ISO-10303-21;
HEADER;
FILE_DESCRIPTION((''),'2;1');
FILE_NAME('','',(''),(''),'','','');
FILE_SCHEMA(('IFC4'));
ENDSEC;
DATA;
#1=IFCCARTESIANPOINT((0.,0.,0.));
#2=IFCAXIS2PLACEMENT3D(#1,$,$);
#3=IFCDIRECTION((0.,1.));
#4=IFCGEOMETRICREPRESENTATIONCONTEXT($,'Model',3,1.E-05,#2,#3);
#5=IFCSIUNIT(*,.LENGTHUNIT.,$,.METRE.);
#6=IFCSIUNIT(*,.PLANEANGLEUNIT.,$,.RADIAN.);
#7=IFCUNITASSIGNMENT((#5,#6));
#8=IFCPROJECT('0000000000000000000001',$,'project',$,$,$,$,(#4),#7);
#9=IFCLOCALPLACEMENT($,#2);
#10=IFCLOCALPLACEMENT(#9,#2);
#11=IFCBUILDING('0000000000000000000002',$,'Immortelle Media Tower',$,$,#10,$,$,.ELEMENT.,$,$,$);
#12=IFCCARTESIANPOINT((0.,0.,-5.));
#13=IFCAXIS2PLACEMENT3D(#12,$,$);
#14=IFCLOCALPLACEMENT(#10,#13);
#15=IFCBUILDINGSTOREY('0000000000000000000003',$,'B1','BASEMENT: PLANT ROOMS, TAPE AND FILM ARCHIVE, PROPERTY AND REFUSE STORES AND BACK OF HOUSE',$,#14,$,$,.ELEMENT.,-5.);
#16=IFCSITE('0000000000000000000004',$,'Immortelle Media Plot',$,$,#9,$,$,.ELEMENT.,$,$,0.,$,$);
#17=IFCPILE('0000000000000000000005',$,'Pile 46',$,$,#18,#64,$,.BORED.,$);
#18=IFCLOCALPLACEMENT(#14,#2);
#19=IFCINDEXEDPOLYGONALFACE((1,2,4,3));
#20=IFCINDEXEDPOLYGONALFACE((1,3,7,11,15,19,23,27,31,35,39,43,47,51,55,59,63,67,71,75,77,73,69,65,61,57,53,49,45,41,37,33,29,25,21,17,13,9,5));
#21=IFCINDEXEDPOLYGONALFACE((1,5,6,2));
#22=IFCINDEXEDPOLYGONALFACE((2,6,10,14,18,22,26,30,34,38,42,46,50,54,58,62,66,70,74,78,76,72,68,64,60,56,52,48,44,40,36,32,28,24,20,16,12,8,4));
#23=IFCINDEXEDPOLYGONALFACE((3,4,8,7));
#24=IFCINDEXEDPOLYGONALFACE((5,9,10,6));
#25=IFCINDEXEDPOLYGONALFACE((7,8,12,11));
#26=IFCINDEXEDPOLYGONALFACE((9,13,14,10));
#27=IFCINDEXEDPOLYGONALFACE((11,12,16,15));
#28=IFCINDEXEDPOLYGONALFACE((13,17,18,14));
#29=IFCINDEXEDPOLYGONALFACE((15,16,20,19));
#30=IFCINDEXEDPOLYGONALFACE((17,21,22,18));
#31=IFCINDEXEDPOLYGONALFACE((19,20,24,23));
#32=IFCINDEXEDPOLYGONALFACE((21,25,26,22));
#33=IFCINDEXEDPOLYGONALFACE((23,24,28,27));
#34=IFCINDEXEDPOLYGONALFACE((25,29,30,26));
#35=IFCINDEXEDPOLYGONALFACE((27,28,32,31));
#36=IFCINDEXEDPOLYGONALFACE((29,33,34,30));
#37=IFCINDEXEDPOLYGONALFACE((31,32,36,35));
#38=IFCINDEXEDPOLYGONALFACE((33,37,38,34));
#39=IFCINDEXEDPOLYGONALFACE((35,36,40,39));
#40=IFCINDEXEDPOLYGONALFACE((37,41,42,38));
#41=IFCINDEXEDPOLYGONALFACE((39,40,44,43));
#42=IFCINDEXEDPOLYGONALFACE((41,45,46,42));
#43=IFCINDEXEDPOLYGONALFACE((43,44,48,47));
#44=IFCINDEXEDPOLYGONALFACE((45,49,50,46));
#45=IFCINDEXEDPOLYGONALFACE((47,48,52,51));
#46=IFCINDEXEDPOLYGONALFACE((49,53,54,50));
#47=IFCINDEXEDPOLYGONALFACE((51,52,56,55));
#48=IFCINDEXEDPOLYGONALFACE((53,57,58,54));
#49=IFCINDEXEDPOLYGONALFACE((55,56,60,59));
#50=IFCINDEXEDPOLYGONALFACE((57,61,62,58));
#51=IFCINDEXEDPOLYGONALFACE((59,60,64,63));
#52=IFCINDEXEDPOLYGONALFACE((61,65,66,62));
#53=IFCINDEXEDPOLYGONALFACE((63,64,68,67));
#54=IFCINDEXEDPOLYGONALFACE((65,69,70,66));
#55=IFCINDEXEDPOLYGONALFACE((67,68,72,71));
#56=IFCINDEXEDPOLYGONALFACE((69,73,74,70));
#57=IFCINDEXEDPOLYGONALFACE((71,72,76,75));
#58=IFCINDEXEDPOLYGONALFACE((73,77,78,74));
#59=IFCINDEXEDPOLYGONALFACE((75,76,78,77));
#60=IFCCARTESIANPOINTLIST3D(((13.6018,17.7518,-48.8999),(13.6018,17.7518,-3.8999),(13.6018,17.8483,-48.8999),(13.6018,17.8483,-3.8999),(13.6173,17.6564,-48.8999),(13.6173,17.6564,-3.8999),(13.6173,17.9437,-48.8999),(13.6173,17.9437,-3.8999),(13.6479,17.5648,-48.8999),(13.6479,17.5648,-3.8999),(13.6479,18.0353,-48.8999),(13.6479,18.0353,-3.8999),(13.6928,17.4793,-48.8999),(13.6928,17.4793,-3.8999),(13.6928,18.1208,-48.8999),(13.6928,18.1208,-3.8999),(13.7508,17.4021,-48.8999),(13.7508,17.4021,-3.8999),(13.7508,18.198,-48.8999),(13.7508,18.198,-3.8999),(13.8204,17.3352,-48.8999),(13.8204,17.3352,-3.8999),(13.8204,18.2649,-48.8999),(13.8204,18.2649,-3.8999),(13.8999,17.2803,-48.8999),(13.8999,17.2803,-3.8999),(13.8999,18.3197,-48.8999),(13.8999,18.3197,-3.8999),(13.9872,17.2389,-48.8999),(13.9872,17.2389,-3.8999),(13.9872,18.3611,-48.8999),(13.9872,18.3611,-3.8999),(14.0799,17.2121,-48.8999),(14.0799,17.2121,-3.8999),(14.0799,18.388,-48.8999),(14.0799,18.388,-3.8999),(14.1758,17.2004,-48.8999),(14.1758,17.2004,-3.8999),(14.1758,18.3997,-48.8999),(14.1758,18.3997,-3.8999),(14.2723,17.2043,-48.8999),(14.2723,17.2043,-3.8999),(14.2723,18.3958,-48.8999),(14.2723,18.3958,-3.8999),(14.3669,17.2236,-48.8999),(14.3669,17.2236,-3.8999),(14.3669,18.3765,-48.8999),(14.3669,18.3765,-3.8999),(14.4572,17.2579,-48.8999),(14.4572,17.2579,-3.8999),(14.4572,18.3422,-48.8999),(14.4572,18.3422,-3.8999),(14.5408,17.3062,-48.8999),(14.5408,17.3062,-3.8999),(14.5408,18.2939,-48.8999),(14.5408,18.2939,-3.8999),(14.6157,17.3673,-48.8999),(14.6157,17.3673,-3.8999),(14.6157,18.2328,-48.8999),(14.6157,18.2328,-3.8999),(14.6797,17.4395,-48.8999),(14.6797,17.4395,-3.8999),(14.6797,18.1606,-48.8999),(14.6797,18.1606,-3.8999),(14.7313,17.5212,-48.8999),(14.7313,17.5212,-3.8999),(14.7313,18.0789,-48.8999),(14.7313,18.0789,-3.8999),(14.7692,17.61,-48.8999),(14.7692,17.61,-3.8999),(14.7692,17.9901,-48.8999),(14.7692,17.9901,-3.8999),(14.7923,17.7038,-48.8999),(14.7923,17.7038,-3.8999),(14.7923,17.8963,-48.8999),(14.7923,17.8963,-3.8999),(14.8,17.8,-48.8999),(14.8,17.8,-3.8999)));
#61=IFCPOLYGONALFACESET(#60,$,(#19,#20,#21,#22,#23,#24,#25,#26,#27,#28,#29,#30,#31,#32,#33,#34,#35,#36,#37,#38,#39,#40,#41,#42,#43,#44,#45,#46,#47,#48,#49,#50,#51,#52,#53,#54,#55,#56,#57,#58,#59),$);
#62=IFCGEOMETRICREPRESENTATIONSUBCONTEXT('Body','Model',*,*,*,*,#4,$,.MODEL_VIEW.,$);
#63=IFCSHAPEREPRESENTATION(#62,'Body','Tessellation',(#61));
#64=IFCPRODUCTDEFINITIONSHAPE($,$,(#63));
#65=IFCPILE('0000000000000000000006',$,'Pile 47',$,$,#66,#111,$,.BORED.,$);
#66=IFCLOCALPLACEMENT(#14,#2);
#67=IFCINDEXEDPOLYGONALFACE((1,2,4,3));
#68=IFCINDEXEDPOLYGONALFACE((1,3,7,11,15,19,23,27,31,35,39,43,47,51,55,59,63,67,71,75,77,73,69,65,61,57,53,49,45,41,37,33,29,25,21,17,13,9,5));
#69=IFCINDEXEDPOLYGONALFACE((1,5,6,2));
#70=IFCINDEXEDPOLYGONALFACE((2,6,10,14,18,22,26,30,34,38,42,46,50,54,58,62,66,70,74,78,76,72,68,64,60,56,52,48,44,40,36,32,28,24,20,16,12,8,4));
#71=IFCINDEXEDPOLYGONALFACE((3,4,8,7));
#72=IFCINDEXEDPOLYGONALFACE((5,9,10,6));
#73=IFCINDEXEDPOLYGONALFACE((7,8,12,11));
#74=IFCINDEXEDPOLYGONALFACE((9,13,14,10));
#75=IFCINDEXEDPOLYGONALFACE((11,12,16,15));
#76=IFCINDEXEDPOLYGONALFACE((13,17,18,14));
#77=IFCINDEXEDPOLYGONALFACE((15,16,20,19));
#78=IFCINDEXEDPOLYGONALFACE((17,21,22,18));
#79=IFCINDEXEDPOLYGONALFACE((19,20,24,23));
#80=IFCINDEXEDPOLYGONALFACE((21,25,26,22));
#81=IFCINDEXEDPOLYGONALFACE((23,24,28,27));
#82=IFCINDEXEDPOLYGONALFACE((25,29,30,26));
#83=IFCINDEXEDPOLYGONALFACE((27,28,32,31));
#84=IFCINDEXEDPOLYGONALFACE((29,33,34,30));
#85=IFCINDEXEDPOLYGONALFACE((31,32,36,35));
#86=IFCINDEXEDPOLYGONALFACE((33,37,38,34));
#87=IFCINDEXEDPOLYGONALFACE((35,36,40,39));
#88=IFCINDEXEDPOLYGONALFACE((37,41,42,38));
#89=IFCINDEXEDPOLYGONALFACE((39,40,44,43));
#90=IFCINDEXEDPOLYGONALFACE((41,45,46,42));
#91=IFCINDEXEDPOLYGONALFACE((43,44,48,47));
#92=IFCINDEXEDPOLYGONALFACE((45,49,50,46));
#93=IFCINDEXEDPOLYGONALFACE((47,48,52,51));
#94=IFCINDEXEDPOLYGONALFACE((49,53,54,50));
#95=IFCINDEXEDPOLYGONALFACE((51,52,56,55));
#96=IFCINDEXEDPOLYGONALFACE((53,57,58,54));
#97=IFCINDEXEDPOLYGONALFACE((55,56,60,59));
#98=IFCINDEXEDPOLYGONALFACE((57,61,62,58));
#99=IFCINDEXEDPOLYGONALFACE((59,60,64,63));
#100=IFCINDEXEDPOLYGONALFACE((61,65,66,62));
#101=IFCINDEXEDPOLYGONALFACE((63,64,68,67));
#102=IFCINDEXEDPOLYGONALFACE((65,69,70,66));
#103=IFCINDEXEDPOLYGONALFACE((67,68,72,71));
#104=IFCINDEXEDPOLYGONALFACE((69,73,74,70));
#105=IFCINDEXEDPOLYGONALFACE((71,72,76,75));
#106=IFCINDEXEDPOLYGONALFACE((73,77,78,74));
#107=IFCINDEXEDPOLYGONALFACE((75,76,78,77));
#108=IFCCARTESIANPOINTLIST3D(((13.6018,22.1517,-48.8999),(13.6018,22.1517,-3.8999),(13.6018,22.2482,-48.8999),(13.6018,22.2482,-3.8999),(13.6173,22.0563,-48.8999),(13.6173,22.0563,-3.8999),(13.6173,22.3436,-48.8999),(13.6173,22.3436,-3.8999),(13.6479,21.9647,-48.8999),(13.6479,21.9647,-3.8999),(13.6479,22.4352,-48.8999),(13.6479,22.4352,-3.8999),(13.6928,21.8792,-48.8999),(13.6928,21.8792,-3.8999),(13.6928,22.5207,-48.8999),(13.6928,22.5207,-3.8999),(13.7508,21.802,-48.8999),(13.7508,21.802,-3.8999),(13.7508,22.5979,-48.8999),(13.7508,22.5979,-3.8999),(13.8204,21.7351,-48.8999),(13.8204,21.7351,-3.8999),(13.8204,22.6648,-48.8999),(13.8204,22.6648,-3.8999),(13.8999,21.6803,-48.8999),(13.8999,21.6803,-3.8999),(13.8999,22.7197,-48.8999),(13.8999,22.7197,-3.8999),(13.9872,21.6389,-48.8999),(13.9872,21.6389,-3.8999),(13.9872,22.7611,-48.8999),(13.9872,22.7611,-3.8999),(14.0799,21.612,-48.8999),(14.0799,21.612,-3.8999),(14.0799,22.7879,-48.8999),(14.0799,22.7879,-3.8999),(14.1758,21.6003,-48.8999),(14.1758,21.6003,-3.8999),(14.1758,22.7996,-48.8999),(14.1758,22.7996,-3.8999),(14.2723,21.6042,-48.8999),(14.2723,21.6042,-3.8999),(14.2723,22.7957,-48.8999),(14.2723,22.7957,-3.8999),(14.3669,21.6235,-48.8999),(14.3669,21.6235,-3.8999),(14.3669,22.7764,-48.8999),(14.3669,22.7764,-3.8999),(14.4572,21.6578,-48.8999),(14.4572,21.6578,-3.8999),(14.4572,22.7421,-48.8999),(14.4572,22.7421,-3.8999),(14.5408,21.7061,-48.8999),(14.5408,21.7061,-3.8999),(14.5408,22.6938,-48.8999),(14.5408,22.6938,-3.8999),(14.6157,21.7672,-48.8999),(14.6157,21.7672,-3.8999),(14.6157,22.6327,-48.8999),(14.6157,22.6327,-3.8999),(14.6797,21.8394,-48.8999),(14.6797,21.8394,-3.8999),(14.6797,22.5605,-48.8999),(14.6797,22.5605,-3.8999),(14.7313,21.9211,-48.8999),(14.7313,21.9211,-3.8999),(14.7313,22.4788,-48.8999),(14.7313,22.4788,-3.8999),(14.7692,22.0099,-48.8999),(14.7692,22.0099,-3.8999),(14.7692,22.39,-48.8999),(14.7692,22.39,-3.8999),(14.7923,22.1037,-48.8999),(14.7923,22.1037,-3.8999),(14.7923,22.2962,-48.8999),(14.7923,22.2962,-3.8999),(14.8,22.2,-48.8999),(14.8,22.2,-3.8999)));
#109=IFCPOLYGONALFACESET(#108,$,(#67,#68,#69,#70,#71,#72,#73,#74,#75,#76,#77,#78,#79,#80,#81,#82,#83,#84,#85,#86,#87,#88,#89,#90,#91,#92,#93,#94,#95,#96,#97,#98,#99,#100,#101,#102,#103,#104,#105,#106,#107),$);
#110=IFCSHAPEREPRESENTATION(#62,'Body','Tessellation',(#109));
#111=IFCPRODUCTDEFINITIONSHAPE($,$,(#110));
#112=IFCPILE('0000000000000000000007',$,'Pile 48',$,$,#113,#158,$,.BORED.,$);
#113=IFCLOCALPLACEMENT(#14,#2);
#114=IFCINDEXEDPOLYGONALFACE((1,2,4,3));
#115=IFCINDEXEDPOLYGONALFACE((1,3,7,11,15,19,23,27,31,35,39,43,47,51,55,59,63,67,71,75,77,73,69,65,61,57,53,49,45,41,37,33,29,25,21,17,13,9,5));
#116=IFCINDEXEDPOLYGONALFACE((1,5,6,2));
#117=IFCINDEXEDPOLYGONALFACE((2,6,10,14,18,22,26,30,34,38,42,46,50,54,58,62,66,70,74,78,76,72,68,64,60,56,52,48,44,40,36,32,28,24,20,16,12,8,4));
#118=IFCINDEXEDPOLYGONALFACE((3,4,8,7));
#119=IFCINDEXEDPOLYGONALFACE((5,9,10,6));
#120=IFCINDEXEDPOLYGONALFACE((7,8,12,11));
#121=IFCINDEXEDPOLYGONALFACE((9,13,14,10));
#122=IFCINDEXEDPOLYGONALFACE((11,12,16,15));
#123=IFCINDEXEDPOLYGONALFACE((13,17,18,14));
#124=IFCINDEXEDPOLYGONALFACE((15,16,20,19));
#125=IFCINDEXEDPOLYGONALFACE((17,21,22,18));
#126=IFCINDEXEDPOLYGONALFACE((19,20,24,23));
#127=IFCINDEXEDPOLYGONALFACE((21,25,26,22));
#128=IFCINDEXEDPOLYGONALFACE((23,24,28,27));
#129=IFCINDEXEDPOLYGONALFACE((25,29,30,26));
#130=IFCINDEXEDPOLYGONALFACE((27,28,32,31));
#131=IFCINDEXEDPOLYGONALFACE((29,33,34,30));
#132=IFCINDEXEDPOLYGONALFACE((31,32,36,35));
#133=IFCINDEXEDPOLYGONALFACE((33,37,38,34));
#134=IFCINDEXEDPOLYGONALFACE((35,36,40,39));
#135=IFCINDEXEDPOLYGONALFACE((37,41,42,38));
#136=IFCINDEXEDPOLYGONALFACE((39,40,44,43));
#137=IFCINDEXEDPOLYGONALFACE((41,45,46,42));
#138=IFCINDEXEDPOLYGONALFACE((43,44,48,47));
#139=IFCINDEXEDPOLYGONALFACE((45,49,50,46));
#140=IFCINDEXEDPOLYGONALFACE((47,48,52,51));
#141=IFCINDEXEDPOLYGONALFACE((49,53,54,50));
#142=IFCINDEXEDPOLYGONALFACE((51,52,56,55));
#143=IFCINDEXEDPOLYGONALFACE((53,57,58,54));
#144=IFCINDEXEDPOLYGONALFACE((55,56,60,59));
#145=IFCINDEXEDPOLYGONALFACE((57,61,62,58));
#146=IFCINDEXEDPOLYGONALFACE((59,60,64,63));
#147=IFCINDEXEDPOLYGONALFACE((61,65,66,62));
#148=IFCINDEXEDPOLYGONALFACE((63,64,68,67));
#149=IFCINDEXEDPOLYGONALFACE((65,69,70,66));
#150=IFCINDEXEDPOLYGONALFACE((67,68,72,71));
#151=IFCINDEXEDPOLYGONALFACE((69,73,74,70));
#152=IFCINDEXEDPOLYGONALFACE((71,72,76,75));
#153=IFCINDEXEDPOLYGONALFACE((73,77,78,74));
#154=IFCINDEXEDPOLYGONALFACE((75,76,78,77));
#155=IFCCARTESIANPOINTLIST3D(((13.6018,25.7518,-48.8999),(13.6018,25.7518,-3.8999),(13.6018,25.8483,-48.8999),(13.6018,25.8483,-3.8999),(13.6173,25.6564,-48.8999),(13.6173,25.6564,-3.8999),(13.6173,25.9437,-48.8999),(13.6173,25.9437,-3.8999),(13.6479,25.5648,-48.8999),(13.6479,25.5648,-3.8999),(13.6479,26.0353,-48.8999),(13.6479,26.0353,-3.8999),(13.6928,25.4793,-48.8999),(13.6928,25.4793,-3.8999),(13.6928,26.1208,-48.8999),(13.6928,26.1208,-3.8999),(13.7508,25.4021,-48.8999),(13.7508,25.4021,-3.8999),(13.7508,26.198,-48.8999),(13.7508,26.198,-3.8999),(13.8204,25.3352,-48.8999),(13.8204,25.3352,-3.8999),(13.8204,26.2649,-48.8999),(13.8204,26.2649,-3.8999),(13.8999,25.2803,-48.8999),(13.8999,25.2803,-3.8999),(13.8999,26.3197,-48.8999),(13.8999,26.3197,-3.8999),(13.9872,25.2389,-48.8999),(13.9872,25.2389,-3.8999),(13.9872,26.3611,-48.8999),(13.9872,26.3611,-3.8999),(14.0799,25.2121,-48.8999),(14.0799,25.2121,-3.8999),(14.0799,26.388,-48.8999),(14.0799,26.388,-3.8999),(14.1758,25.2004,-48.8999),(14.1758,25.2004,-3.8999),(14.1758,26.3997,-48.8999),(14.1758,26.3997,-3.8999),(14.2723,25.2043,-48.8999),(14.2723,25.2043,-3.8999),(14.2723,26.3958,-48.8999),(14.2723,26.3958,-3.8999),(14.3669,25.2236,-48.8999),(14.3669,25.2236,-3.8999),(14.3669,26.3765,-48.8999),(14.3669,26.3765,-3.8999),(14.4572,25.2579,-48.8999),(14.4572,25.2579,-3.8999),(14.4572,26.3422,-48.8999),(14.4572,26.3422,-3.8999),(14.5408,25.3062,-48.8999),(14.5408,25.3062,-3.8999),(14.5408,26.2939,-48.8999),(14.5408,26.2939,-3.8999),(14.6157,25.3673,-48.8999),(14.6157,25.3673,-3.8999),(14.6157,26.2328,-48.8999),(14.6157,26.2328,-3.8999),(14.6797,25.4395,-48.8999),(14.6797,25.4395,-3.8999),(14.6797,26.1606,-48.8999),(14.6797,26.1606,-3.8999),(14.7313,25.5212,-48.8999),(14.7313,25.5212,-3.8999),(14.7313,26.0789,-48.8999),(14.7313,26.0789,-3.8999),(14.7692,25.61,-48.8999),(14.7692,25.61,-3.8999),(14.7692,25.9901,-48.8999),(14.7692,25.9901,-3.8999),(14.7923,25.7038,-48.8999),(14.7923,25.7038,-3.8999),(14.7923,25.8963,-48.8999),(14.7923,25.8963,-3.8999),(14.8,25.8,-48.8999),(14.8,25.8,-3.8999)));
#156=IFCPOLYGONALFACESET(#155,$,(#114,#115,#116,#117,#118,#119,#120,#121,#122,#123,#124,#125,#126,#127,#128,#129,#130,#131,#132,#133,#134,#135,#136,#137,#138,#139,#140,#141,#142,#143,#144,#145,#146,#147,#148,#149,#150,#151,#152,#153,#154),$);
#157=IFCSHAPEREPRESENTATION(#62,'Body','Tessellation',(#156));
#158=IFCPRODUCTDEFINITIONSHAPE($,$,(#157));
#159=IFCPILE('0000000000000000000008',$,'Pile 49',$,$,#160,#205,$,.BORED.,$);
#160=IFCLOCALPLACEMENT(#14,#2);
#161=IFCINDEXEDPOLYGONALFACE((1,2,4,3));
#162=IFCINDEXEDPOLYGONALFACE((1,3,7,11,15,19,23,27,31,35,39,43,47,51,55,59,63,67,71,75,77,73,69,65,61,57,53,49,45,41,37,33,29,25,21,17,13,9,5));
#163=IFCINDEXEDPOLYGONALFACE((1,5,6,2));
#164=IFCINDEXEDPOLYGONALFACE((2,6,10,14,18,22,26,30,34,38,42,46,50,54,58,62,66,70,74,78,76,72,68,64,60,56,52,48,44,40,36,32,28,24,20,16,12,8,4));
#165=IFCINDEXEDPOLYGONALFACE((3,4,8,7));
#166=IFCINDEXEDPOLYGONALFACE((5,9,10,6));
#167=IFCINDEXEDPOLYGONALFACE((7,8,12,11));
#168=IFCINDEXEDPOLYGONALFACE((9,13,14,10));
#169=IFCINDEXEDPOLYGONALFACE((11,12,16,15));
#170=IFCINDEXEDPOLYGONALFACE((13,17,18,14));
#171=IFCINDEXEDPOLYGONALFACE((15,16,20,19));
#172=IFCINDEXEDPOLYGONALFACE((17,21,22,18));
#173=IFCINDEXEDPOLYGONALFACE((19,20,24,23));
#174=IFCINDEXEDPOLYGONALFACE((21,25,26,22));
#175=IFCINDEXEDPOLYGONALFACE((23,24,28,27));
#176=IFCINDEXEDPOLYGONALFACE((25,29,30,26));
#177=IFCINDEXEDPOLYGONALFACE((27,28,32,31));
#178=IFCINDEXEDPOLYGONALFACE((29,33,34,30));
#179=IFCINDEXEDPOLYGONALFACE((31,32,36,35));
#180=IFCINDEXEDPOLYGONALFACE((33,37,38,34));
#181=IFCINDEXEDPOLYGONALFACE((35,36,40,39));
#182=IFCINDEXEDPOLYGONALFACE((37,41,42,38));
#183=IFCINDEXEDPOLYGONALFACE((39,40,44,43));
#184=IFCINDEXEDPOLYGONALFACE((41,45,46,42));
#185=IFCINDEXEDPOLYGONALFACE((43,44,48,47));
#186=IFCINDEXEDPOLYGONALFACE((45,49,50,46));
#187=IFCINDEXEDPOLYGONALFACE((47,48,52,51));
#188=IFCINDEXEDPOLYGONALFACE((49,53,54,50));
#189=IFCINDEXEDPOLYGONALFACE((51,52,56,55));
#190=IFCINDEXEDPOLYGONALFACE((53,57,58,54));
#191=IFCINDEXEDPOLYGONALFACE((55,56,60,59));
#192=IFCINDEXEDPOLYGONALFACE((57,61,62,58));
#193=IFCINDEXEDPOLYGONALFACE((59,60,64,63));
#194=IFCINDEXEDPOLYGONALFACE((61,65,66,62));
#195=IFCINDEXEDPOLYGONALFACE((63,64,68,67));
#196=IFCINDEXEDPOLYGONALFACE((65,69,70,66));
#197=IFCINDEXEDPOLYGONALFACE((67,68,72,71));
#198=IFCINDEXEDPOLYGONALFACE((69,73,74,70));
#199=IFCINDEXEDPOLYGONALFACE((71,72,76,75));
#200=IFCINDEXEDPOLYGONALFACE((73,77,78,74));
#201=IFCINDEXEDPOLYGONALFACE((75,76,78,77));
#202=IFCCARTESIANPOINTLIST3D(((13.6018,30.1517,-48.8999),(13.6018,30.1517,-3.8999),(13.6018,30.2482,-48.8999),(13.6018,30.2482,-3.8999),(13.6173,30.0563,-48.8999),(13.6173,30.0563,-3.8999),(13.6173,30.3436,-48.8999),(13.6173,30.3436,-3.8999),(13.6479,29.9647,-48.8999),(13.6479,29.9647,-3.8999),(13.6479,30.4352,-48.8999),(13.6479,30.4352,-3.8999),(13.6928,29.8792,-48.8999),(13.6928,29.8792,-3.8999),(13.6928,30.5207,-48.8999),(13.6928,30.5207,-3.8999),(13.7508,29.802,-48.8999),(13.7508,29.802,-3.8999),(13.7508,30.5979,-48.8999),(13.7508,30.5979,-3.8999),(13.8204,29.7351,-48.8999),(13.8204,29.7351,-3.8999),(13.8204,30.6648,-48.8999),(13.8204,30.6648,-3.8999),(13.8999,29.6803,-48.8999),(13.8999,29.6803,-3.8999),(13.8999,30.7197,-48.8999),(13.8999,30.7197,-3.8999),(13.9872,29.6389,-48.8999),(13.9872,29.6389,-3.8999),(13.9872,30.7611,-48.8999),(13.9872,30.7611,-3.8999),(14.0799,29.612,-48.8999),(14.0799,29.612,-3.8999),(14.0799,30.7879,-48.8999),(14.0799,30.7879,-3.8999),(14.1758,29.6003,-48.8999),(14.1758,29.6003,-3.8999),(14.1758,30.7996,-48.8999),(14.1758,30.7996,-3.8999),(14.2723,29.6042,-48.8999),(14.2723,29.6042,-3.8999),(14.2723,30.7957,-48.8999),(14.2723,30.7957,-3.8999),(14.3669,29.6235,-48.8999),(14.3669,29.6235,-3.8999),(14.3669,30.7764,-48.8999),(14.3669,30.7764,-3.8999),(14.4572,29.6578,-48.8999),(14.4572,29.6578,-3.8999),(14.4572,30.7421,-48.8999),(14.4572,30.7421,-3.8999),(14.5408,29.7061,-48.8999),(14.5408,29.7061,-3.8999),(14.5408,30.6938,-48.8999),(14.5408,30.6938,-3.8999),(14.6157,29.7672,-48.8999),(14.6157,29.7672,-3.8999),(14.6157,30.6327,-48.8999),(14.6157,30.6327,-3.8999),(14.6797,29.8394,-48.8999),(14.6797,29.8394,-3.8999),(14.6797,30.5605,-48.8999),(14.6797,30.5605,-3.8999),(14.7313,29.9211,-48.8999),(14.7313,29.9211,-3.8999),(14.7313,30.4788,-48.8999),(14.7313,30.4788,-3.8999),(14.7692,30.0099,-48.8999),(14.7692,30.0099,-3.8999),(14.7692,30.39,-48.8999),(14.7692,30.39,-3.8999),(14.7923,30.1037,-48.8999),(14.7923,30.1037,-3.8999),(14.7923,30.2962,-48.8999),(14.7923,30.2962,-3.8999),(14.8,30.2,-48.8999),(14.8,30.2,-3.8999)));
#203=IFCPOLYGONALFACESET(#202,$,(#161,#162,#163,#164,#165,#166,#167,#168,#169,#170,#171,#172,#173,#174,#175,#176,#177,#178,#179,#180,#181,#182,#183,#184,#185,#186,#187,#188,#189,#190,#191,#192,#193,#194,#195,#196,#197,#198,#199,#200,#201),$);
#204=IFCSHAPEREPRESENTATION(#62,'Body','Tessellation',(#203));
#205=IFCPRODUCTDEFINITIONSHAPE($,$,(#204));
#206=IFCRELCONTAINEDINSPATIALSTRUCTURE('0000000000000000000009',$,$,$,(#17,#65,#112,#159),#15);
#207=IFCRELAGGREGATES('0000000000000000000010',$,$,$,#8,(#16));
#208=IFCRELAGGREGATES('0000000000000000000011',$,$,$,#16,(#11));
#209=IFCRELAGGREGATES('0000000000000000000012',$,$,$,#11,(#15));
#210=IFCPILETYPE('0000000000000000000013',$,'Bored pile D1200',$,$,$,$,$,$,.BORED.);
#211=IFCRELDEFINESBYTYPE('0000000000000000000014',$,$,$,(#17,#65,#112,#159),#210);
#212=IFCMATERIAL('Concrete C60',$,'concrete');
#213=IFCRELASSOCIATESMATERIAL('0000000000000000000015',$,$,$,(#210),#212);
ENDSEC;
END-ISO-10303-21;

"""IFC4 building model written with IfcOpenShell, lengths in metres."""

from ifc_helpers import new_model, si_unit, direction, frame, origin, origin_2d, place, context, subcontext, project, spatial, circle, extrude, material, material_profile, profile_set, type_object, element, save


model = new_model("IFC4")

# Units and contexts
model_context = context("Model", 3, precision=1e-05, world=origin(), true_north=direction((0.0, 1.0)))
body_context = subcontext(model_context, "Body", "Model", "MODEL_VIEW")
ifc_project = project(units=[si_unit("LENGTHUNIT", "METRE"), si_unit("PLANEANGLEUNIT", "RADIAN")], contexts=[model_context])

# Site, building, storey
site_placement = place(None, origin())
site = spatial("IfcSite", under=ifc_project, at=site_placement, Name="Immortelle Media Plot", CompositionType="ELEMENT", RefElevation=0.0)
building_placement = place(site_placement, origin())
building = spatial("IfcBuilding", under=site, at=building_placement, Name="Immortelle Media Tower", CompositionType="ELEMENT")
storey_placement = place(building_placement, frame((0.0, 0.0, -5.0)))
storey = spatial("IfcBuildingStorey", under=building, at=storey_placement, Name="B1", Description="BASEMENT: PLANT ROOMS, TAPE AND FILM ARCHIVE, PROPERTY AND REFUSE STORES AND BACK OF HOUSE", CompositionType="ELEMENT", Elevation=-5.0)

# Piles
ifc_material_1 = material(Name="Concrete C60", Category="concrete")
ifc_material_profile_1 = material_profile(ifc_material_1, circle(Radius=0.6001, at=origin_2d()), Name="Bored pile D1200")
ifc_profile_set_1 = profile_set([ifc_material_profile_1], Name="Concrete C60")
pile_type = type_object("IfcPileType", Name="Bored pile D1200", PredefinedType="BORED", material=ifc_profile_set_1)
for number, where, z_axis, x_axis, name in (
    (1, (14.2, 17.8, -3.8999), (0.0, 0.0, -1.0), (1.0, 0.0, 0.0), "Pile 46"),
    (2, (14.2, 22.2, -3.8999), (0.0, 0.0, -1.0), (1.0, 0.0, 0.0), "Pile 47"),
    (3, (14.2, 25.8, -3.8999), (0.0, 0.0, -1.0), (1.0, 0.0, 0.0), "Pile 48"),
    (4, (14.2, 30.2, -3.8999), (0.0, 0.0, -1.0), (1.0, 0.0, 0.0), "Pile 49"),
):
    element("IfcPile", number, at=place(storey_placement, frame(where, z_axis=z_axis, x_axis=x_axis)), inside=storey, type_object=pile_type, Name=name, PredefinedType="BORED", context=body_context, shape_type="SweptSolid", body=[
        extrude(circle(Radius=0.6001, at=origin_2d()), origin(), (0.0, 0.0, 1.0), 45.0),
    ])

save(model, "model.ifc")
